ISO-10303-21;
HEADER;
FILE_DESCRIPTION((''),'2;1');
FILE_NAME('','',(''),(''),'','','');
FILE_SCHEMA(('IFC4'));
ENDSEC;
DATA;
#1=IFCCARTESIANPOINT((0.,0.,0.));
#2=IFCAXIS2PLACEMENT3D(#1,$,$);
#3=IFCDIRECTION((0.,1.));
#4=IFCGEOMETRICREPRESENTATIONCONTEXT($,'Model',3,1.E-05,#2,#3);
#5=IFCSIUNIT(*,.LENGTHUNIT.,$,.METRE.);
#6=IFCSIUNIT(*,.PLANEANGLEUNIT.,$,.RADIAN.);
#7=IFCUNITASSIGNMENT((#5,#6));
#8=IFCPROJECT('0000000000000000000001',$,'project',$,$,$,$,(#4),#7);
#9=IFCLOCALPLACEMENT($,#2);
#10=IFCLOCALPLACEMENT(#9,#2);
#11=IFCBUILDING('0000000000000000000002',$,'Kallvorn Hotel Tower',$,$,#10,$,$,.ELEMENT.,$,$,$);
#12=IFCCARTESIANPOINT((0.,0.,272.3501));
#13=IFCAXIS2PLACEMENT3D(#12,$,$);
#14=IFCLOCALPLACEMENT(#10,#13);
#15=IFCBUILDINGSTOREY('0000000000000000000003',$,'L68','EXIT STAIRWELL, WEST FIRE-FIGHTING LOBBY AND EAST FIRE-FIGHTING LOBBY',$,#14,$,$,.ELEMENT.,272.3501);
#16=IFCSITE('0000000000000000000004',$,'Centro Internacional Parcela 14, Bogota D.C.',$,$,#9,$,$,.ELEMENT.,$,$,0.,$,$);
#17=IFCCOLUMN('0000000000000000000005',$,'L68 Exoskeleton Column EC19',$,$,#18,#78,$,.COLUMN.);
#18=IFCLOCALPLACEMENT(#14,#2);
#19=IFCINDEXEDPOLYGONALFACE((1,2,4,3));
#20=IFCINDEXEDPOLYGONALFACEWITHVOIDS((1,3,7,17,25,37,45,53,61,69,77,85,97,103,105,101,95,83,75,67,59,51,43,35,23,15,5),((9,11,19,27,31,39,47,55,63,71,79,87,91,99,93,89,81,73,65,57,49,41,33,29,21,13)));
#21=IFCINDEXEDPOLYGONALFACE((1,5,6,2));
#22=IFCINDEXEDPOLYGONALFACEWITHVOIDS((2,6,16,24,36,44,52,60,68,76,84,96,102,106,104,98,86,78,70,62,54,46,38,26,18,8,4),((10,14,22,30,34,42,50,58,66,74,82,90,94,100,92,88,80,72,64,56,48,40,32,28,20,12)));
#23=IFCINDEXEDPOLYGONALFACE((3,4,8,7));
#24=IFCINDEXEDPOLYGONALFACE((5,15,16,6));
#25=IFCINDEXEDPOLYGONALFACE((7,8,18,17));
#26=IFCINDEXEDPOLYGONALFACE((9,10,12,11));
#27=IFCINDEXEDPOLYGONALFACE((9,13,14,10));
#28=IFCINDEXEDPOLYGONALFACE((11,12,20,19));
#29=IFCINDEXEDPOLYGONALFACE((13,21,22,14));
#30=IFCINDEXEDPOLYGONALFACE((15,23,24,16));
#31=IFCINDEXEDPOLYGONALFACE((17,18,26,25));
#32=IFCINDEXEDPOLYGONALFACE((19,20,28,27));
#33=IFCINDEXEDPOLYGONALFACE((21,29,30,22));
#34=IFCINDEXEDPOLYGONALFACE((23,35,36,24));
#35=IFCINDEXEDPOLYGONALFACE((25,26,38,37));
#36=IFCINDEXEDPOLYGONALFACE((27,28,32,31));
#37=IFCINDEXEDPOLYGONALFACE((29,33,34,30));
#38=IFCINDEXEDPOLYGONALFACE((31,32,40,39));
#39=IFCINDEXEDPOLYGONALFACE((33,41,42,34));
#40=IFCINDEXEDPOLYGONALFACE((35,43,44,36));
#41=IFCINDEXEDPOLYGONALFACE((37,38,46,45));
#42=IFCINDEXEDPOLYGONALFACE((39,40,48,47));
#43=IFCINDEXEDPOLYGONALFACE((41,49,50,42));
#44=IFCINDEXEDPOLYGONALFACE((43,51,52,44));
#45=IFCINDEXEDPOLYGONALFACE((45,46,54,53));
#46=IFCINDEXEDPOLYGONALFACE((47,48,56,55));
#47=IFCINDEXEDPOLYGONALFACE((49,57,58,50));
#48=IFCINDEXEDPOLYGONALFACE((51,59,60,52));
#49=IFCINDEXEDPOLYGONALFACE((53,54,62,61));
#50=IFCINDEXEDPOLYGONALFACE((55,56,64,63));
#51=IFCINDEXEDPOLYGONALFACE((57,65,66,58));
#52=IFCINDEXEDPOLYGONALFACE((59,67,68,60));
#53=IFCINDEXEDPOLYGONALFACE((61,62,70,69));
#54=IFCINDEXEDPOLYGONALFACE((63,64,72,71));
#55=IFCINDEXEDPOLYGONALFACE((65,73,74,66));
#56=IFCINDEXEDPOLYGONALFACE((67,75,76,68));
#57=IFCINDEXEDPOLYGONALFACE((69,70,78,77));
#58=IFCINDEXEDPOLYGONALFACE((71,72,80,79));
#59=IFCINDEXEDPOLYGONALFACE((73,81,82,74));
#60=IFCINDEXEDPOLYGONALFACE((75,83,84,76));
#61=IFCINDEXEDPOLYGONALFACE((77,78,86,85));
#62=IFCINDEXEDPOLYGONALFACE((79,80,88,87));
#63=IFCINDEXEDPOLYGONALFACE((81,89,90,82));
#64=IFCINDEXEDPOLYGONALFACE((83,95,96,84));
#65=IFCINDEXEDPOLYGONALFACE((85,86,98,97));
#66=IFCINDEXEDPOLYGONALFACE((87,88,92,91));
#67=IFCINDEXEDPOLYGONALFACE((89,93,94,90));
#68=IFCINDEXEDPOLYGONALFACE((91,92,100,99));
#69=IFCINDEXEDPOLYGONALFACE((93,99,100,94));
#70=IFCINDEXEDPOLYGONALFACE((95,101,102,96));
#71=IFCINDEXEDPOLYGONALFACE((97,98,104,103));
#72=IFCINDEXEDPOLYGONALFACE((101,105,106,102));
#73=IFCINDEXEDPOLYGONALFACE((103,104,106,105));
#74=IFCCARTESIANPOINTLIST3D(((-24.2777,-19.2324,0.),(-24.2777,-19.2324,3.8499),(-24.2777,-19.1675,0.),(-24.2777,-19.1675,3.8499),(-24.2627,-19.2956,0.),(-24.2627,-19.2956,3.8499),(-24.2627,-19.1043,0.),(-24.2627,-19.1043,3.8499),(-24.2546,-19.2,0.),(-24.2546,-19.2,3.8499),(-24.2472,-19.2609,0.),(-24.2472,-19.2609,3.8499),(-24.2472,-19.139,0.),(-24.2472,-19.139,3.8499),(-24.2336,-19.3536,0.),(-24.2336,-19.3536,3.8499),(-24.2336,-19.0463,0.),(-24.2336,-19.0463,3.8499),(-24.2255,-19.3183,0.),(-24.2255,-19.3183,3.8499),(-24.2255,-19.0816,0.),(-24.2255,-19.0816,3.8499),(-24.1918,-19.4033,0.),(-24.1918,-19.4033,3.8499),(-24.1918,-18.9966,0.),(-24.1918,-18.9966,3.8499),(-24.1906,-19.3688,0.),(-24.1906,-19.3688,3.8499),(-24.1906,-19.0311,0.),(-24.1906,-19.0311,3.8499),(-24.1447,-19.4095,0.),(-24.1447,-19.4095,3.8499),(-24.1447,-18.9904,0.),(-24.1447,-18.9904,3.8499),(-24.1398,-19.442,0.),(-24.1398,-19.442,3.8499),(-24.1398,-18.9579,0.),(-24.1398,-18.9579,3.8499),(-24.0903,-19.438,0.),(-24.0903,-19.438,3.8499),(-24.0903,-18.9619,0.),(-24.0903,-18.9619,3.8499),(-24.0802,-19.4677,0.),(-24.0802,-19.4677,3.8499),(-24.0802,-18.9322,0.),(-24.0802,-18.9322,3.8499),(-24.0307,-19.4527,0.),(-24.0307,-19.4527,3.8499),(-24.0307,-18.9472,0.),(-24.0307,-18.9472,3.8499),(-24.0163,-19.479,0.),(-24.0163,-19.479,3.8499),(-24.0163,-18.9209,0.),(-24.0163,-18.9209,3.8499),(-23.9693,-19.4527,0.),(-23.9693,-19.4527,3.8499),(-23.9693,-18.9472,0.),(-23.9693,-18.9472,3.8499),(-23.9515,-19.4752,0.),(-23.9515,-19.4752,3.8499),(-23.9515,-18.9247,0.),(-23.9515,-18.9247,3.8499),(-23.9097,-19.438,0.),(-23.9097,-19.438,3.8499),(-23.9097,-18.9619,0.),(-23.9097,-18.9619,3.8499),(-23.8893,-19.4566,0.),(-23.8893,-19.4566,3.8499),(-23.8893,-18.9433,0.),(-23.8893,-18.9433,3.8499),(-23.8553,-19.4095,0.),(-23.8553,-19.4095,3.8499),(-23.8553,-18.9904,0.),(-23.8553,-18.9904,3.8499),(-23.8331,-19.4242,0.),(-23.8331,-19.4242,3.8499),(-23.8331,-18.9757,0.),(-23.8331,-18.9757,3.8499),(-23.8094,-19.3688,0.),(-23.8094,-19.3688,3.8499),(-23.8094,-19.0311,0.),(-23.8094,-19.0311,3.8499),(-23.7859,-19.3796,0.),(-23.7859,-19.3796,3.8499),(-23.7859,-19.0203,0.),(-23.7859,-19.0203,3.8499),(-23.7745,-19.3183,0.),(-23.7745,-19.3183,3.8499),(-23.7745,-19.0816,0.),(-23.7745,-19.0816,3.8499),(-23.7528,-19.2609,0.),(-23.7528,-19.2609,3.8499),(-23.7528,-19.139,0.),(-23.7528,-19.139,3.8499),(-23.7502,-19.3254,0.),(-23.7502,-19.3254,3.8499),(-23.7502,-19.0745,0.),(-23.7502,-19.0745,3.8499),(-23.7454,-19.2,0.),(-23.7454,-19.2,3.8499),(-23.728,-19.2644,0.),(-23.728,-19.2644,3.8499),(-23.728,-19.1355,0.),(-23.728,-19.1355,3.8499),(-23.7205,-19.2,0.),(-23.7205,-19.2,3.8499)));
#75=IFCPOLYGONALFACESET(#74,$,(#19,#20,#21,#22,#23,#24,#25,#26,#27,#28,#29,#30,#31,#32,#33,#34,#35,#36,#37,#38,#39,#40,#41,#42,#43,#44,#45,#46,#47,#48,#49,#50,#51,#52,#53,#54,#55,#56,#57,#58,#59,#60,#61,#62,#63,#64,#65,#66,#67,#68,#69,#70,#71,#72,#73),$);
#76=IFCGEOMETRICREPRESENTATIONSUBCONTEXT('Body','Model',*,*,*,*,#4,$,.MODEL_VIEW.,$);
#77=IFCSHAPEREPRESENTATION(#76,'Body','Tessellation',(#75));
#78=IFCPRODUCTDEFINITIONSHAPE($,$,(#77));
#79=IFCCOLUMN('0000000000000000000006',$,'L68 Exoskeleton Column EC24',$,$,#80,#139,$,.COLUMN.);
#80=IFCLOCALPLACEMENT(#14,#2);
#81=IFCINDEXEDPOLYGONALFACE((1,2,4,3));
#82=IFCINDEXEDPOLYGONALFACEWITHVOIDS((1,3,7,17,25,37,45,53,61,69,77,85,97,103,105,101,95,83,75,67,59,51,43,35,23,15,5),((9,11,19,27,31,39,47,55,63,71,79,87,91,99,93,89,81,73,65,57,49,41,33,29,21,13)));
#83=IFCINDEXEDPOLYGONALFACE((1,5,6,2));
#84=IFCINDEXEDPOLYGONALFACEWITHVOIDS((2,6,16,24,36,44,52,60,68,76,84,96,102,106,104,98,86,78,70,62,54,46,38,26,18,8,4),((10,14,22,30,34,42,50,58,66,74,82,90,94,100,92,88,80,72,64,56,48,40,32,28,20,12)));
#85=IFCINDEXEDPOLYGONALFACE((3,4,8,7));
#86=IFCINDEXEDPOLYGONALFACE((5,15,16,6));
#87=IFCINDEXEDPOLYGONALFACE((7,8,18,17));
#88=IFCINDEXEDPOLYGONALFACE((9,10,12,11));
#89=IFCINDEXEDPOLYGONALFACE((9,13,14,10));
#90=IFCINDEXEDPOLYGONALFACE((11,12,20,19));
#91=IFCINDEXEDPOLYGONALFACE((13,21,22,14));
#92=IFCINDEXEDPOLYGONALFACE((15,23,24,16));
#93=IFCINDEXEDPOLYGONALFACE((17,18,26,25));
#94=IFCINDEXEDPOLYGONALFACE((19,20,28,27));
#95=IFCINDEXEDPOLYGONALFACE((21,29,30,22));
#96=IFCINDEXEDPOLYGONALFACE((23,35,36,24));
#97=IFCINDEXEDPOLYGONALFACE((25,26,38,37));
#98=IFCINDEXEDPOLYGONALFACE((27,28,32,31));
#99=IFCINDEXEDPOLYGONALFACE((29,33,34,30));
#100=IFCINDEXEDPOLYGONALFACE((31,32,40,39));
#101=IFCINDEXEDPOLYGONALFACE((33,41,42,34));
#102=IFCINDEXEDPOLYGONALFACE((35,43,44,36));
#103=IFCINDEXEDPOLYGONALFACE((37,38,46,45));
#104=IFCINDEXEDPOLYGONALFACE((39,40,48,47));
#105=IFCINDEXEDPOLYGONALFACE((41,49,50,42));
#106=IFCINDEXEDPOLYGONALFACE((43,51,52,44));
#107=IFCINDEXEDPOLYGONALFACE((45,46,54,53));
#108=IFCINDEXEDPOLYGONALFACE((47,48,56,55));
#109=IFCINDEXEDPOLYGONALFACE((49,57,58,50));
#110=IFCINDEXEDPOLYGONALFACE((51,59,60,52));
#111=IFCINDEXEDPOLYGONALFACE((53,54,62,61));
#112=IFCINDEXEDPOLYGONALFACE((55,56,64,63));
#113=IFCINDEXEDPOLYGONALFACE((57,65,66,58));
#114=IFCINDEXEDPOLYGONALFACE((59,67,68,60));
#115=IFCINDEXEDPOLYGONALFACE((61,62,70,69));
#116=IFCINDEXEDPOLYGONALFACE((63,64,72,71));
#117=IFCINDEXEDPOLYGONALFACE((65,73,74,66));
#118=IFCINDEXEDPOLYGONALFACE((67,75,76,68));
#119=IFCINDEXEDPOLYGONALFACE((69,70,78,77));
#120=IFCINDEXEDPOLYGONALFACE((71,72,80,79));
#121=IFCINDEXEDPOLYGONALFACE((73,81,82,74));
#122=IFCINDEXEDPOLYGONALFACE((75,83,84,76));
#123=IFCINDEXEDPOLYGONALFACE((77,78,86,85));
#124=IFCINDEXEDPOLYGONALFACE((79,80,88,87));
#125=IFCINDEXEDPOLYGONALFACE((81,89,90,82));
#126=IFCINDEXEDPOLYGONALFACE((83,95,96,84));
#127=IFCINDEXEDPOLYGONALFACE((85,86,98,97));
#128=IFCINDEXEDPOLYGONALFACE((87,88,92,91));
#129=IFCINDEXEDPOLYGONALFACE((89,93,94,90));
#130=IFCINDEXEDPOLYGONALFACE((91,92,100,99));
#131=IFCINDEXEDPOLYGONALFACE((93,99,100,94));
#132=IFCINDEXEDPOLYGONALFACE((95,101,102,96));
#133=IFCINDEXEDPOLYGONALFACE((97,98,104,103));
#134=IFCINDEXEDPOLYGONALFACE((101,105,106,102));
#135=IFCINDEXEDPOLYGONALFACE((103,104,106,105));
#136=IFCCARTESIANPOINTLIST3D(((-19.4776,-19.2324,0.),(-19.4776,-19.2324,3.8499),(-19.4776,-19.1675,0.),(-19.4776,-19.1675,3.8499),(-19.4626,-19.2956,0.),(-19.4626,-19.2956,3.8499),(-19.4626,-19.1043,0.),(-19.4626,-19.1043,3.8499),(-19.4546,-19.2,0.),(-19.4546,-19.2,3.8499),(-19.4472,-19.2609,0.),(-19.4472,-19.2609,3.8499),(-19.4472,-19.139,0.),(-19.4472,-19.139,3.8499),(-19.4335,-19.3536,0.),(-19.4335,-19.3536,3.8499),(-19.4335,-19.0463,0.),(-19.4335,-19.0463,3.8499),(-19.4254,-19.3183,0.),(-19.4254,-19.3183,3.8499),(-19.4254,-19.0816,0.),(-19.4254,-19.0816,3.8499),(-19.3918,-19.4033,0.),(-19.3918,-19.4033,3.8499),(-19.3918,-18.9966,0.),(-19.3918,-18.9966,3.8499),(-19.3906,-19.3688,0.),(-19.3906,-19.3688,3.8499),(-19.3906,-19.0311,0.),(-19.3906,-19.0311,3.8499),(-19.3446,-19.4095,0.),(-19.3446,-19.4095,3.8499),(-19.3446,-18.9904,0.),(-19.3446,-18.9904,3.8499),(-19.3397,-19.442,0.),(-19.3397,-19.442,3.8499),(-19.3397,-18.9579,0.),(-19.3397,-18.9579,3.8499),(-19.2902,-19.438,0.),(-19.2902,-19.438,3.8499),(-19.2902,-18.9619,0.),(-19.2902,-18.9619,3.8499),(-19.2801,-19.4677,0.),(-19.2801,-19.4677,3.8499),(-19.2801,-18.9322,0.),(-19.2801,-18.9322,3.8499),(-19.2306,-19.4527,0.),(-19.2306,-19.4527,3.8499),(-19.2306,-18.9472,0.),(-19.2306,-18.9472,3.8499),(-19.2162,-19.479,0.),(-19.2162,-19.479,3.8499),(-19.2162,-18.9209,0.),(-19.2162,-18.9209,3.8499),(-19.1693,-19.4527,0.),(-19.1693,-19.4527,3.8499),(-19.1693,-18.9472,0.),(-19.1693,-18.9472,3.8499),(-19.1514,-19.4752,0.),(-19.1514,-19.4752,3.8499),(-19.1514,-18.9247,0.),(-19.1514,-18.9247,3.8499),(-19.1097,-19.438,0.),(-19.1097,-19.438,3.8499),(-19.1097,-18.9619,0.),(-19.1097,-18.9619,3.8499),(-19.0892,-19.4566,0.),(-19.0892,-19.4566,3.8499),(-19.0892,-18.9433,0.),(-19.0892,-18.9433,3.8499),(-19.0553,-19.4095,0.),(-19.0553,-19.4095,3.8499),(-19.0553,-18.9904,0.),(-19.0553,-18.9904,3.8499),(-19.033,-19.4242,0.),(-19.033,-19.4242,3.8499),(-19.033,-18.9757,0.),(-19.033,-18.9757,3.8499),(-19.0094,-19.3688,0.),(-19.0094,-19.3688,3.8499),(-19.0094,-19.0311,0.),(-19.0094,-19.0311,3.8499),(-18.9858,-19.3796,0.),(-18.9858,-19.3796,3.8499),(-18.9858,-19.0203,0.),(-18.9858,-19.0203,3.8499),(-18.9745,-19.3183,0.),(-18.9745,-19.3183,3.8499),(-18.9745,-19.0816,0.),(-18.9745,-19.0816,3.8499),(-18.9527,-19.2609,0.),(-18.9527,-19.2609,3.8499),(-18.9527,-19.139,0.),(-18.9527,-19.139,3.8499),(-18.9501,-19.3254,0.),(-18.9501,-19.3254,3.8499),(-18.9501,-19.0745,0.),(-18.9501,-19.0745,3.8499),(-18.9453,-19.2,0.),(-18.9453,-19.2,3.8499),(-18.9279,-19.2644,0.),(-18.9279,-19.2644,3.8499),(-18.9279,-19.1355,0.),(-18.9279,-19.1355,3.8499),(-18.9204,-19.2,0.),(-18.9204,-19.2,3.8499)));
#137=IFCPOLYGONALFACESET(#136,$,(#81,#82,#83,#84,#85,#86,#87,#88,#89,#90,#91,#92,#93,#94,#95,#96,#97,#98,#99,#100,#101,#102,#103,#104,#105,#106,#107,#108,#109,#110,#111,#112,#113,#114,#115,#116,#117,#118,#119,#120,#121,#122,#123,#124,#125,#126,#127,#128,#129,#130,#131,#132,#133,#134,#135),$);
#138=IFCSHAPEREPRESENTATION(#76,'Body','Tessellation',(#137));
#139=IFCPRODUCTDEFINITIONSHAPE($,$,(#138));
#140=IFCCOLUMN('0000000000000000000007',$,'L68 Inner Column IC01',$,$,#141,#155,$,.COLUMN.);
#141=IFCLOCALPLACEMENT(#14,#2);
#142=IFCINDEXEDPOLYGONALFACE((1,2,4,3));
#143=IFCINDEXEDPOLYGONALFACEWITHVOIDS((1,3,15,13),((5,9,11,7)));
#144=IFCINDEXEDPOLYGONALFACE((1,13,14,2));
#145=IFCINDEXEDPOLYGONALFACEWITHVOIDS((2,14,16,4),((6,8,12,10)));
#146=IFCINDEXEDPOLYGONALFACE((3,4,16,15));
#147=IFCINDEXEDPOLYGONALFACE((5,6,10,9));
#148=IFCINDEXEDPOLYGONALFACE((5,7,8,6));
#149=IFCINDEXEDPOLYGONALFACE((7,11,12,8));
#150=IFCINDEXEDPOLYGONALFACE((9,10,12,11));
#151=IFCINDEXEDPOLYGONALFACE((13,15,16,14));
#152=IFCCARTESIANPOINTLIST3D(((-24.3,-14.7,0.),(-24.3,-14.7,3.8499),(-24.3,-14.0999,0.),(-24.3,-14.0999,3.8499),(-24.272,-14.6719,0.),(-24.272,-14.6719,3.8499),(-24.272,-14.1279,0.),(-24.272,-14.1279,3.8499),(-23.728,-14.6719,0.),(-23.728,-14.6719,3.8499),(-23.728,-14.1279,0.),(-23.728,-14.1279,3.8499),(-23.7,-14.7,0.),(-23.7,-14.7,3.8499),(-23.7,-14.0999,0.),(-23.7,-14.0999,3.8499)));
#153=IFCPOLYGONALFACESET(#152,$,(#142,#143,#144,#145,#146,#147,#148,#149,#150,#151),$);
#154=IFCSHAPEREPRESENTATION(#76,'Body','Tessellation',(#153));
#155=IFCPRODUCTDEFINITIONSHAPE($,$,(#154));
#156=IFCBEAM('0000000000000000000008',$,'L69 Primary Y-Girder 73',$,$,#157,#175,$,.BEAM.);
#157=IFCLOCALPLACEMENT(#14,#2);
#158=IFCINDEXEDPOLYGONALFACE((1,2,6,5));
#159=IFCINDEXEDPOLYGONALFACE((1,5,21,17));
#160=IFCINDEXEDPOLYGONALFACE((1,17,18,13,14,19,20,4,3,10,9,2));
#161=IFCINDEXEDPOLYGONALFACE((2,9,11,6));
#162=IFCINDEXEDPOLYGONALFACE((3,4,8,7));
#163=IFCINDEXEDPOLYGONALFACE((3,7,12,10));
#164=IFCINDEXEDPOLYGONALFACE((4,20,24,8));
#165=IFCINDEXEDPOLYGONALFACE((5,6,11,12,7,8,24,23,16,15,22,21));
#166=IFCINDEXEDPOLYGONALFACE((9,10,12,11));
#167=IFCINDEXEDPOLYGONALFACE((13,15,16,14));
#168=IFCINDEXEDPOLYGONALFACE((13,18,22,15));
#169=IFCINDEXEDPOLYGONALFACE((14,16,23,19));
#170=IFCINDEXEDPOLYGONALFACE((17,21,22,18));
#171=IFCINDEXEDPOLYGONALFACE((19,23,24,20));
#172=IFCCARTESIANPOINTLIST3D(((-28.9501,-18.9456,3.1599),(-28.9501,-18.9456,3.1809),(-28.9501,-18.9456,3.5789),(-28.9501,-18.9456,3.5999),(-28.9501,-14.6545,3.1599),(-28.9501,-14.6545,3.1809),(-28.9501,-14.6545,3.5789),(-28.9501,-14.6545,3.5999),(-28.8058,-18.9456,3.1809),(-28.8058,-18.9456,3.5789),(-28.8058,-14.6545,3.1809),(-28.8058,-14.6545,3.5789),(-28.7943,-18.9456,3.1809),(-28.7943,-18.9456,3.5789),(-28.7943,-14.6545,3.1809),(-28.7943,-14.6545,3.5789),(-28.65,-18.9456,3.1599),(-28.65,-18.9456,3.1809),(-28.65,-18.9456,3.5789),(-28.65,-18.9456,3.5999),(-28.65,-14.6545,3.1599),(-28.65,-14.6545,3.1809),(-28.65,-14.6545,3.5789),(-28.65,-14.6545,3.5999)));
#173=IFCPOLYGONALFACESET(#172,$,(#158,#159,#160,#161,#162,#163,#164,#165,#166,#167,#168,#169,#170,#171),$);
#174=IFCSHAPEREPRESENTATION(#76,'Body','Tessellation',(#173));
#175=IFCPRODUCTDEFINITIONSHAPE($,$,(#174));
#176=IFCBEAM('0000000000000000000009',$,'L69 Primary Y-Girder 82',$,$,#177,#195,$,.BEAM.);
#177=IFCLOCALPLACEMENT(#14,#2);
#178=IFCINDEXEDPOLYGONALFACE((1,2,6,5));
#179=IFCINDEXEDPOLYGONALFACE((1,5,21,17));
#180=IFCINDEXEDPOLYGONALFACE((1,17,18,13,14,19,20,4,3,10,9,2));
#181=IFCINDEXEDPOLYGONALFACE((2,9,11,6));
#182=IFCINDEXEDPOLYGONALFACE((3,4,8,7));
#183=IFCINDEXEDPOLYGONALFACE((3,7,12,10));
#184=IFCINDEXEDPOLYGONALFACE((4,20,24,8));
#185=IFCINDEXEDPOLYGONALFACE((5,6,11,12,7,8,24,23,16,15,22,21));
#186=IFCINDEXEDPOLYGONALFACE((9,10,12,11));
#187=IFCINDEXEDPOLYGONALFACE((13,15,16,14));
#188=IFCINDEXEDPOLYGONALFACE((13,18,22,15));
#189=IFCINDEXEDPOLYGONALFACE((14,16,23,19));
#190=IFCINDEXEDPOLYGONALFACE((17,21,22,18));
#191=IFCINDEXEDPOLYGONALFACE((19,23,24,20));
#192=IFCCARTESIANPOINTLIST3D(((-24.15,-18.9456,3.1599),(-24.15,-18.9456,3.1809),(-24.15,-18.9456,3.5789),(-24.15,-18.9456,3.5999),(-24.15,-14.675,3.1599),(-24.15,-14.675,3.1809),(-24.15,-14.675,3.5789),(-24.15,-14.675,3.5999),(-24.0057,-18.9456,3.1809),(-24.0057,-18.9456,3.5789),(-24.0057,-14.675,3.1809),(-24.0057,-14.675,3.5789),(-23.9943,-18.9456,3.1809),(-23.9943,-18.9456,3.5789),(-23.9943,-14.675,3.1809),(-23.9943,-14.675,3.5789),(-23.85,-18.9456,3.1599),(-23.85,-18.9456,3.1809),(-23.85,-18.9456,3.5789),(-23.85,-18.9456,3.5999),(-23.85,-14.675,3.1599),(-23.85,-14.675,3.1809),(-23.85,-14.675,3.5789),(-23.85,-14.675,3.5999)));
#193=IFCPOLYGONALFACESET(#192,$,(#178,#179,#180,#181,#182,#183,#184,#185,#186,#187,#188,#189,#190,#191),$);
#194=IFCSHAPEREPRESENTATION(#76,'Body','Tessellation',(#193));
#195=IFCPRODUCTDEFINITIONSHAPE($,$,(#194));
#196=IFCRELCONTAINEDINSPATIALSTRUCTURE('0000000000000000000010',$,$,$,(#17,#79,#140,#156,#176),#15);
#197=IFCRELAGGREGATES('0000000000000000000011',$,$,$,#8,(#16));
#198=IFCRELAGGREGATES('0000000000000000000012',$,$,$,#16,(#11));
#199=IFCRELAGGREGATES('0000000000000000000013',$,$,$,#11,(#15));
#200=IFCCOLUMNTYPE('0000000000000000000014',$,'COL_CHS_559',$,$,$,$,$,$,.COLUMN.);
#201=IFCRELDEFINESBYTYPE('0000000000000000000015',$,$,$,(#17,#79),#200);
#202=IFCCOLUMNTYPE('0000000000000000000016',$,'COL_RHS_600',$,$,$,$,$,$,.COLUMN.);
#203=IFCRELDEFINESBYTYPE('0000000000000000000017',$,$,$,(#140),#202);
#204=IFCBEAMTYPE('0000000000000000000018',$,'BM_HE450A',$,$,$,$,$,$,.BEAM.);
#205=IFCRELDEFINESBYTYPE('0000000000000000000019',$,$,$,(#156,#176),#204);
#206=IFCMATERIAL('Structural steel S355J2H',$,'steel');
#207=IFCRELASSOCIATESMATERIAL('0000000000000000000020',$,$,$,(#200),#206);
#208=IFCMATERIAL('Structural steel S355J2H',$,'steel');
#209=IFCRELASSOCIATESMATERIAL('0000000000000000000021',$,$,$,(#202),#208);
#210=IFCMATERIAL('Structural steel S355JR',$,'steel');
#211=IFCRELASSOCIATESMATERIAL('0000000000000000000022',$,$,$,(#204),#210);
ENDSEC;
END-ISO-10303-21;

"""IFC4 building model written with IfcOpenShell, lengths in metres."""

from ifc_helpers import new_model, si_unit, direction, frame, origin, origin_2d, place, context, subcontext, project, spatial, hollow_rectangle, hollow_circle, i_section, extrude, material, material_profile, profile_set, type_object, element, save


model = new_model("IFC4")

# Units and contexts
model_context = context("Model", 3, precision=1e-05, world=origin(), true_north=direction((0.0, 1.0)))
body_context = subcontext(model_context, "Body", "Model", "MODEL_VIEW")
ifc_project = project(units=[si_unit("LENGTHUNIT", "METRE"), si_unit("PLANEANGLEUNIT", "RADIAN")], contexts=[model_context])

# Site, building, storey
site_placement = place(None, origin())
site = spatial("IfcSite", under=ifc_project, at=site_placement, Name="Centro Internacional Parcela 14, Bogota D.C.", CompositionType="ELEMENT", RefElevation=0.0)
building_placement = place(site_placement, origin())
building = spatial("IfcBuilding", under=site, at=building_placement, Name="Kallvorn Hotel Tower", CompositionType="ELEMENT")
storey_placement = place(building_placement, frame((0.0, 0.0, 272.3501)))
storey = spatial("IfcBuildingStorey", under=building, at=storey_placement, Name="L68", Description="EXIT STAIRWELL, WEST FIRE-FIGHTING LOBBY AND EAST FIRE-FIGHTING LOBBY", CompositionType="ELEMENT", Elevation=272.3501)

# Columns
ifc_material_1 = material(Name="Structural steel S355J2H", Category="steel")
ifc_material_profile_1 = material_profile(ifc_material_1, hollow_circle(Radius=0.2795, WallThickness=0.0249, at=origin_2d()), Name="CHS 559x25")
ifc_profile_set_1 = profile_set([ifc_material_profile_1], Name="Structural steel S355J2H")
column_type_1 = type_object("IfcColumnType", Name="COL_CHS_559", PredefinedType="COLUMN", material=ifc_profile_set_1)
for number, where, z_axis, x_axis, name in (
    (1, (-24.0, -19.2, 0.0), (0.0, 0.0, 1.0), (1.0, 0.0, 0.0), "L68 Exoskeleton Column EC19"),
    (2, (-19.2, -19.2, 0.0), (0.0, 0.0, 1.0), (1.0, 0.0, 0.0), "L68 Exoskeleton Column EC24"),
):
    element("IfcColumn", number, at=place(storey_placement, frame(where, z_axis=z_axis, x_axis=x_axis)), inside=storey, type_object=column_type_1, Name=name, PredefinedType="COLUMN", context=body_context, shape_type="SweptSolid", body=[
        extrude(hollow_circle(Radius=0.2795, WallThickness=0.0249, at=origin_2d()), origin(), (0.0, 0.0, 1.0), 3.8499),
    ])
ifc_material_2 = material(Name="Structural steel S355J2H", Category="steel")
ifc_material_profile_2 = material_profile(ifc_material_2, hollow_rectangle(XDim=0.6001, YDim=0.6001, WallThickness=0.0281, at=origin_2d()), Name="RHS 600x600x28")
ifc_profile_set_2 = profile_set([ifc_material_profile_2], Name="Structural steel S355J2H")
column_type_2 = type_object("IfcColumnType", Name="COL_RHS_600", PredefinedType="COLUMN", material=ifc_profile_set_2)
column_placement = place(storey_placement, frame((-24.0, -14.3999, 0.0), z_axis=(0.0, 0.0, 1.0), x_axis=(1.0, 0.0, 0.0)))
element("IfcColumn", 3, at=column_placement, inside=storey, type_object=column_type_2, Name="L68 Inner Column IC01", PredefinedType="COLUMN", context=body_context, shape_type="SweptSolid", body=[
    extrude(hollow_rectangle(XDim=0.6001, YDim=0.6001, WallThickness=0.0281, at=origin_2d()), origin(), (0.0, 0.0, 1.0), 3.8499),
])

# Beams
ifc_material_3 = material(Name="Structural steel S355JR", Category="steel")
ifc_material_profile_3 = material_profile(ifc_material_3, i_section(OverallWidth=0.3, OverallDepth=0.4399, WebThickness=0.0115, FlangeThickness=0.021, at=origin_2d()), Name="HE 450 A")
ifc_profile_set_3 = profile_set([ifc_material_profile_3], Name="Structural steel S355JR")
beam_type_1 = type_object("IfcBeamType", Name="BM_HE450A", PredefinedType="BEAM", material=ifc_profile_set_3)
beam_1_placement = place(storey_placement, frame((-28.8, -18.9456, 3.3799), z_axis=(0.0, 1.0, 0.0), x_axis=(-1.0, 0.0, 0.0)))
element("IfcBeam", 4, at=beam_1_placement, inside=storey, type_object=beam_type_1, Name="L69 Primary Y-Girder 73", PredefinedType="BEAM", context=body_context, shape_type="SweptSolid", body=[
    extrude(i_section(OverallWidth=0.3, OverallDepth=0.4399, WebThickness=0.0115, FlangeThickness=0.021, at=origin_2d()), origin(), (0.0, 0.0, 1.0), 4.291),
])
beam_2_placement = place(storey_placement, frame((-24.0, -18.9456, 3.3799), z_axis=(0.0, 1.0, 0.0), x_axis=(-1.0, 0.0, 0.0)))
element("IfcBeam", 5, at=beam_2_placement, inside=storey, type_object=beam_type_1, Name="L69 Primary Y-Girder 82", PredefinedType="BEAM", context=body_context, shape_type="SweptSolid", body=[
    extrude(i_section(OverallWidth=0.3, OverallDepth=0.4399, WebThickness=0.0115, FlangeThickness=0.021, at=origin_2d()), origin(), (0.0, 0.0, 1.0), 4.2705),
])

save(model, "model.ifc")
